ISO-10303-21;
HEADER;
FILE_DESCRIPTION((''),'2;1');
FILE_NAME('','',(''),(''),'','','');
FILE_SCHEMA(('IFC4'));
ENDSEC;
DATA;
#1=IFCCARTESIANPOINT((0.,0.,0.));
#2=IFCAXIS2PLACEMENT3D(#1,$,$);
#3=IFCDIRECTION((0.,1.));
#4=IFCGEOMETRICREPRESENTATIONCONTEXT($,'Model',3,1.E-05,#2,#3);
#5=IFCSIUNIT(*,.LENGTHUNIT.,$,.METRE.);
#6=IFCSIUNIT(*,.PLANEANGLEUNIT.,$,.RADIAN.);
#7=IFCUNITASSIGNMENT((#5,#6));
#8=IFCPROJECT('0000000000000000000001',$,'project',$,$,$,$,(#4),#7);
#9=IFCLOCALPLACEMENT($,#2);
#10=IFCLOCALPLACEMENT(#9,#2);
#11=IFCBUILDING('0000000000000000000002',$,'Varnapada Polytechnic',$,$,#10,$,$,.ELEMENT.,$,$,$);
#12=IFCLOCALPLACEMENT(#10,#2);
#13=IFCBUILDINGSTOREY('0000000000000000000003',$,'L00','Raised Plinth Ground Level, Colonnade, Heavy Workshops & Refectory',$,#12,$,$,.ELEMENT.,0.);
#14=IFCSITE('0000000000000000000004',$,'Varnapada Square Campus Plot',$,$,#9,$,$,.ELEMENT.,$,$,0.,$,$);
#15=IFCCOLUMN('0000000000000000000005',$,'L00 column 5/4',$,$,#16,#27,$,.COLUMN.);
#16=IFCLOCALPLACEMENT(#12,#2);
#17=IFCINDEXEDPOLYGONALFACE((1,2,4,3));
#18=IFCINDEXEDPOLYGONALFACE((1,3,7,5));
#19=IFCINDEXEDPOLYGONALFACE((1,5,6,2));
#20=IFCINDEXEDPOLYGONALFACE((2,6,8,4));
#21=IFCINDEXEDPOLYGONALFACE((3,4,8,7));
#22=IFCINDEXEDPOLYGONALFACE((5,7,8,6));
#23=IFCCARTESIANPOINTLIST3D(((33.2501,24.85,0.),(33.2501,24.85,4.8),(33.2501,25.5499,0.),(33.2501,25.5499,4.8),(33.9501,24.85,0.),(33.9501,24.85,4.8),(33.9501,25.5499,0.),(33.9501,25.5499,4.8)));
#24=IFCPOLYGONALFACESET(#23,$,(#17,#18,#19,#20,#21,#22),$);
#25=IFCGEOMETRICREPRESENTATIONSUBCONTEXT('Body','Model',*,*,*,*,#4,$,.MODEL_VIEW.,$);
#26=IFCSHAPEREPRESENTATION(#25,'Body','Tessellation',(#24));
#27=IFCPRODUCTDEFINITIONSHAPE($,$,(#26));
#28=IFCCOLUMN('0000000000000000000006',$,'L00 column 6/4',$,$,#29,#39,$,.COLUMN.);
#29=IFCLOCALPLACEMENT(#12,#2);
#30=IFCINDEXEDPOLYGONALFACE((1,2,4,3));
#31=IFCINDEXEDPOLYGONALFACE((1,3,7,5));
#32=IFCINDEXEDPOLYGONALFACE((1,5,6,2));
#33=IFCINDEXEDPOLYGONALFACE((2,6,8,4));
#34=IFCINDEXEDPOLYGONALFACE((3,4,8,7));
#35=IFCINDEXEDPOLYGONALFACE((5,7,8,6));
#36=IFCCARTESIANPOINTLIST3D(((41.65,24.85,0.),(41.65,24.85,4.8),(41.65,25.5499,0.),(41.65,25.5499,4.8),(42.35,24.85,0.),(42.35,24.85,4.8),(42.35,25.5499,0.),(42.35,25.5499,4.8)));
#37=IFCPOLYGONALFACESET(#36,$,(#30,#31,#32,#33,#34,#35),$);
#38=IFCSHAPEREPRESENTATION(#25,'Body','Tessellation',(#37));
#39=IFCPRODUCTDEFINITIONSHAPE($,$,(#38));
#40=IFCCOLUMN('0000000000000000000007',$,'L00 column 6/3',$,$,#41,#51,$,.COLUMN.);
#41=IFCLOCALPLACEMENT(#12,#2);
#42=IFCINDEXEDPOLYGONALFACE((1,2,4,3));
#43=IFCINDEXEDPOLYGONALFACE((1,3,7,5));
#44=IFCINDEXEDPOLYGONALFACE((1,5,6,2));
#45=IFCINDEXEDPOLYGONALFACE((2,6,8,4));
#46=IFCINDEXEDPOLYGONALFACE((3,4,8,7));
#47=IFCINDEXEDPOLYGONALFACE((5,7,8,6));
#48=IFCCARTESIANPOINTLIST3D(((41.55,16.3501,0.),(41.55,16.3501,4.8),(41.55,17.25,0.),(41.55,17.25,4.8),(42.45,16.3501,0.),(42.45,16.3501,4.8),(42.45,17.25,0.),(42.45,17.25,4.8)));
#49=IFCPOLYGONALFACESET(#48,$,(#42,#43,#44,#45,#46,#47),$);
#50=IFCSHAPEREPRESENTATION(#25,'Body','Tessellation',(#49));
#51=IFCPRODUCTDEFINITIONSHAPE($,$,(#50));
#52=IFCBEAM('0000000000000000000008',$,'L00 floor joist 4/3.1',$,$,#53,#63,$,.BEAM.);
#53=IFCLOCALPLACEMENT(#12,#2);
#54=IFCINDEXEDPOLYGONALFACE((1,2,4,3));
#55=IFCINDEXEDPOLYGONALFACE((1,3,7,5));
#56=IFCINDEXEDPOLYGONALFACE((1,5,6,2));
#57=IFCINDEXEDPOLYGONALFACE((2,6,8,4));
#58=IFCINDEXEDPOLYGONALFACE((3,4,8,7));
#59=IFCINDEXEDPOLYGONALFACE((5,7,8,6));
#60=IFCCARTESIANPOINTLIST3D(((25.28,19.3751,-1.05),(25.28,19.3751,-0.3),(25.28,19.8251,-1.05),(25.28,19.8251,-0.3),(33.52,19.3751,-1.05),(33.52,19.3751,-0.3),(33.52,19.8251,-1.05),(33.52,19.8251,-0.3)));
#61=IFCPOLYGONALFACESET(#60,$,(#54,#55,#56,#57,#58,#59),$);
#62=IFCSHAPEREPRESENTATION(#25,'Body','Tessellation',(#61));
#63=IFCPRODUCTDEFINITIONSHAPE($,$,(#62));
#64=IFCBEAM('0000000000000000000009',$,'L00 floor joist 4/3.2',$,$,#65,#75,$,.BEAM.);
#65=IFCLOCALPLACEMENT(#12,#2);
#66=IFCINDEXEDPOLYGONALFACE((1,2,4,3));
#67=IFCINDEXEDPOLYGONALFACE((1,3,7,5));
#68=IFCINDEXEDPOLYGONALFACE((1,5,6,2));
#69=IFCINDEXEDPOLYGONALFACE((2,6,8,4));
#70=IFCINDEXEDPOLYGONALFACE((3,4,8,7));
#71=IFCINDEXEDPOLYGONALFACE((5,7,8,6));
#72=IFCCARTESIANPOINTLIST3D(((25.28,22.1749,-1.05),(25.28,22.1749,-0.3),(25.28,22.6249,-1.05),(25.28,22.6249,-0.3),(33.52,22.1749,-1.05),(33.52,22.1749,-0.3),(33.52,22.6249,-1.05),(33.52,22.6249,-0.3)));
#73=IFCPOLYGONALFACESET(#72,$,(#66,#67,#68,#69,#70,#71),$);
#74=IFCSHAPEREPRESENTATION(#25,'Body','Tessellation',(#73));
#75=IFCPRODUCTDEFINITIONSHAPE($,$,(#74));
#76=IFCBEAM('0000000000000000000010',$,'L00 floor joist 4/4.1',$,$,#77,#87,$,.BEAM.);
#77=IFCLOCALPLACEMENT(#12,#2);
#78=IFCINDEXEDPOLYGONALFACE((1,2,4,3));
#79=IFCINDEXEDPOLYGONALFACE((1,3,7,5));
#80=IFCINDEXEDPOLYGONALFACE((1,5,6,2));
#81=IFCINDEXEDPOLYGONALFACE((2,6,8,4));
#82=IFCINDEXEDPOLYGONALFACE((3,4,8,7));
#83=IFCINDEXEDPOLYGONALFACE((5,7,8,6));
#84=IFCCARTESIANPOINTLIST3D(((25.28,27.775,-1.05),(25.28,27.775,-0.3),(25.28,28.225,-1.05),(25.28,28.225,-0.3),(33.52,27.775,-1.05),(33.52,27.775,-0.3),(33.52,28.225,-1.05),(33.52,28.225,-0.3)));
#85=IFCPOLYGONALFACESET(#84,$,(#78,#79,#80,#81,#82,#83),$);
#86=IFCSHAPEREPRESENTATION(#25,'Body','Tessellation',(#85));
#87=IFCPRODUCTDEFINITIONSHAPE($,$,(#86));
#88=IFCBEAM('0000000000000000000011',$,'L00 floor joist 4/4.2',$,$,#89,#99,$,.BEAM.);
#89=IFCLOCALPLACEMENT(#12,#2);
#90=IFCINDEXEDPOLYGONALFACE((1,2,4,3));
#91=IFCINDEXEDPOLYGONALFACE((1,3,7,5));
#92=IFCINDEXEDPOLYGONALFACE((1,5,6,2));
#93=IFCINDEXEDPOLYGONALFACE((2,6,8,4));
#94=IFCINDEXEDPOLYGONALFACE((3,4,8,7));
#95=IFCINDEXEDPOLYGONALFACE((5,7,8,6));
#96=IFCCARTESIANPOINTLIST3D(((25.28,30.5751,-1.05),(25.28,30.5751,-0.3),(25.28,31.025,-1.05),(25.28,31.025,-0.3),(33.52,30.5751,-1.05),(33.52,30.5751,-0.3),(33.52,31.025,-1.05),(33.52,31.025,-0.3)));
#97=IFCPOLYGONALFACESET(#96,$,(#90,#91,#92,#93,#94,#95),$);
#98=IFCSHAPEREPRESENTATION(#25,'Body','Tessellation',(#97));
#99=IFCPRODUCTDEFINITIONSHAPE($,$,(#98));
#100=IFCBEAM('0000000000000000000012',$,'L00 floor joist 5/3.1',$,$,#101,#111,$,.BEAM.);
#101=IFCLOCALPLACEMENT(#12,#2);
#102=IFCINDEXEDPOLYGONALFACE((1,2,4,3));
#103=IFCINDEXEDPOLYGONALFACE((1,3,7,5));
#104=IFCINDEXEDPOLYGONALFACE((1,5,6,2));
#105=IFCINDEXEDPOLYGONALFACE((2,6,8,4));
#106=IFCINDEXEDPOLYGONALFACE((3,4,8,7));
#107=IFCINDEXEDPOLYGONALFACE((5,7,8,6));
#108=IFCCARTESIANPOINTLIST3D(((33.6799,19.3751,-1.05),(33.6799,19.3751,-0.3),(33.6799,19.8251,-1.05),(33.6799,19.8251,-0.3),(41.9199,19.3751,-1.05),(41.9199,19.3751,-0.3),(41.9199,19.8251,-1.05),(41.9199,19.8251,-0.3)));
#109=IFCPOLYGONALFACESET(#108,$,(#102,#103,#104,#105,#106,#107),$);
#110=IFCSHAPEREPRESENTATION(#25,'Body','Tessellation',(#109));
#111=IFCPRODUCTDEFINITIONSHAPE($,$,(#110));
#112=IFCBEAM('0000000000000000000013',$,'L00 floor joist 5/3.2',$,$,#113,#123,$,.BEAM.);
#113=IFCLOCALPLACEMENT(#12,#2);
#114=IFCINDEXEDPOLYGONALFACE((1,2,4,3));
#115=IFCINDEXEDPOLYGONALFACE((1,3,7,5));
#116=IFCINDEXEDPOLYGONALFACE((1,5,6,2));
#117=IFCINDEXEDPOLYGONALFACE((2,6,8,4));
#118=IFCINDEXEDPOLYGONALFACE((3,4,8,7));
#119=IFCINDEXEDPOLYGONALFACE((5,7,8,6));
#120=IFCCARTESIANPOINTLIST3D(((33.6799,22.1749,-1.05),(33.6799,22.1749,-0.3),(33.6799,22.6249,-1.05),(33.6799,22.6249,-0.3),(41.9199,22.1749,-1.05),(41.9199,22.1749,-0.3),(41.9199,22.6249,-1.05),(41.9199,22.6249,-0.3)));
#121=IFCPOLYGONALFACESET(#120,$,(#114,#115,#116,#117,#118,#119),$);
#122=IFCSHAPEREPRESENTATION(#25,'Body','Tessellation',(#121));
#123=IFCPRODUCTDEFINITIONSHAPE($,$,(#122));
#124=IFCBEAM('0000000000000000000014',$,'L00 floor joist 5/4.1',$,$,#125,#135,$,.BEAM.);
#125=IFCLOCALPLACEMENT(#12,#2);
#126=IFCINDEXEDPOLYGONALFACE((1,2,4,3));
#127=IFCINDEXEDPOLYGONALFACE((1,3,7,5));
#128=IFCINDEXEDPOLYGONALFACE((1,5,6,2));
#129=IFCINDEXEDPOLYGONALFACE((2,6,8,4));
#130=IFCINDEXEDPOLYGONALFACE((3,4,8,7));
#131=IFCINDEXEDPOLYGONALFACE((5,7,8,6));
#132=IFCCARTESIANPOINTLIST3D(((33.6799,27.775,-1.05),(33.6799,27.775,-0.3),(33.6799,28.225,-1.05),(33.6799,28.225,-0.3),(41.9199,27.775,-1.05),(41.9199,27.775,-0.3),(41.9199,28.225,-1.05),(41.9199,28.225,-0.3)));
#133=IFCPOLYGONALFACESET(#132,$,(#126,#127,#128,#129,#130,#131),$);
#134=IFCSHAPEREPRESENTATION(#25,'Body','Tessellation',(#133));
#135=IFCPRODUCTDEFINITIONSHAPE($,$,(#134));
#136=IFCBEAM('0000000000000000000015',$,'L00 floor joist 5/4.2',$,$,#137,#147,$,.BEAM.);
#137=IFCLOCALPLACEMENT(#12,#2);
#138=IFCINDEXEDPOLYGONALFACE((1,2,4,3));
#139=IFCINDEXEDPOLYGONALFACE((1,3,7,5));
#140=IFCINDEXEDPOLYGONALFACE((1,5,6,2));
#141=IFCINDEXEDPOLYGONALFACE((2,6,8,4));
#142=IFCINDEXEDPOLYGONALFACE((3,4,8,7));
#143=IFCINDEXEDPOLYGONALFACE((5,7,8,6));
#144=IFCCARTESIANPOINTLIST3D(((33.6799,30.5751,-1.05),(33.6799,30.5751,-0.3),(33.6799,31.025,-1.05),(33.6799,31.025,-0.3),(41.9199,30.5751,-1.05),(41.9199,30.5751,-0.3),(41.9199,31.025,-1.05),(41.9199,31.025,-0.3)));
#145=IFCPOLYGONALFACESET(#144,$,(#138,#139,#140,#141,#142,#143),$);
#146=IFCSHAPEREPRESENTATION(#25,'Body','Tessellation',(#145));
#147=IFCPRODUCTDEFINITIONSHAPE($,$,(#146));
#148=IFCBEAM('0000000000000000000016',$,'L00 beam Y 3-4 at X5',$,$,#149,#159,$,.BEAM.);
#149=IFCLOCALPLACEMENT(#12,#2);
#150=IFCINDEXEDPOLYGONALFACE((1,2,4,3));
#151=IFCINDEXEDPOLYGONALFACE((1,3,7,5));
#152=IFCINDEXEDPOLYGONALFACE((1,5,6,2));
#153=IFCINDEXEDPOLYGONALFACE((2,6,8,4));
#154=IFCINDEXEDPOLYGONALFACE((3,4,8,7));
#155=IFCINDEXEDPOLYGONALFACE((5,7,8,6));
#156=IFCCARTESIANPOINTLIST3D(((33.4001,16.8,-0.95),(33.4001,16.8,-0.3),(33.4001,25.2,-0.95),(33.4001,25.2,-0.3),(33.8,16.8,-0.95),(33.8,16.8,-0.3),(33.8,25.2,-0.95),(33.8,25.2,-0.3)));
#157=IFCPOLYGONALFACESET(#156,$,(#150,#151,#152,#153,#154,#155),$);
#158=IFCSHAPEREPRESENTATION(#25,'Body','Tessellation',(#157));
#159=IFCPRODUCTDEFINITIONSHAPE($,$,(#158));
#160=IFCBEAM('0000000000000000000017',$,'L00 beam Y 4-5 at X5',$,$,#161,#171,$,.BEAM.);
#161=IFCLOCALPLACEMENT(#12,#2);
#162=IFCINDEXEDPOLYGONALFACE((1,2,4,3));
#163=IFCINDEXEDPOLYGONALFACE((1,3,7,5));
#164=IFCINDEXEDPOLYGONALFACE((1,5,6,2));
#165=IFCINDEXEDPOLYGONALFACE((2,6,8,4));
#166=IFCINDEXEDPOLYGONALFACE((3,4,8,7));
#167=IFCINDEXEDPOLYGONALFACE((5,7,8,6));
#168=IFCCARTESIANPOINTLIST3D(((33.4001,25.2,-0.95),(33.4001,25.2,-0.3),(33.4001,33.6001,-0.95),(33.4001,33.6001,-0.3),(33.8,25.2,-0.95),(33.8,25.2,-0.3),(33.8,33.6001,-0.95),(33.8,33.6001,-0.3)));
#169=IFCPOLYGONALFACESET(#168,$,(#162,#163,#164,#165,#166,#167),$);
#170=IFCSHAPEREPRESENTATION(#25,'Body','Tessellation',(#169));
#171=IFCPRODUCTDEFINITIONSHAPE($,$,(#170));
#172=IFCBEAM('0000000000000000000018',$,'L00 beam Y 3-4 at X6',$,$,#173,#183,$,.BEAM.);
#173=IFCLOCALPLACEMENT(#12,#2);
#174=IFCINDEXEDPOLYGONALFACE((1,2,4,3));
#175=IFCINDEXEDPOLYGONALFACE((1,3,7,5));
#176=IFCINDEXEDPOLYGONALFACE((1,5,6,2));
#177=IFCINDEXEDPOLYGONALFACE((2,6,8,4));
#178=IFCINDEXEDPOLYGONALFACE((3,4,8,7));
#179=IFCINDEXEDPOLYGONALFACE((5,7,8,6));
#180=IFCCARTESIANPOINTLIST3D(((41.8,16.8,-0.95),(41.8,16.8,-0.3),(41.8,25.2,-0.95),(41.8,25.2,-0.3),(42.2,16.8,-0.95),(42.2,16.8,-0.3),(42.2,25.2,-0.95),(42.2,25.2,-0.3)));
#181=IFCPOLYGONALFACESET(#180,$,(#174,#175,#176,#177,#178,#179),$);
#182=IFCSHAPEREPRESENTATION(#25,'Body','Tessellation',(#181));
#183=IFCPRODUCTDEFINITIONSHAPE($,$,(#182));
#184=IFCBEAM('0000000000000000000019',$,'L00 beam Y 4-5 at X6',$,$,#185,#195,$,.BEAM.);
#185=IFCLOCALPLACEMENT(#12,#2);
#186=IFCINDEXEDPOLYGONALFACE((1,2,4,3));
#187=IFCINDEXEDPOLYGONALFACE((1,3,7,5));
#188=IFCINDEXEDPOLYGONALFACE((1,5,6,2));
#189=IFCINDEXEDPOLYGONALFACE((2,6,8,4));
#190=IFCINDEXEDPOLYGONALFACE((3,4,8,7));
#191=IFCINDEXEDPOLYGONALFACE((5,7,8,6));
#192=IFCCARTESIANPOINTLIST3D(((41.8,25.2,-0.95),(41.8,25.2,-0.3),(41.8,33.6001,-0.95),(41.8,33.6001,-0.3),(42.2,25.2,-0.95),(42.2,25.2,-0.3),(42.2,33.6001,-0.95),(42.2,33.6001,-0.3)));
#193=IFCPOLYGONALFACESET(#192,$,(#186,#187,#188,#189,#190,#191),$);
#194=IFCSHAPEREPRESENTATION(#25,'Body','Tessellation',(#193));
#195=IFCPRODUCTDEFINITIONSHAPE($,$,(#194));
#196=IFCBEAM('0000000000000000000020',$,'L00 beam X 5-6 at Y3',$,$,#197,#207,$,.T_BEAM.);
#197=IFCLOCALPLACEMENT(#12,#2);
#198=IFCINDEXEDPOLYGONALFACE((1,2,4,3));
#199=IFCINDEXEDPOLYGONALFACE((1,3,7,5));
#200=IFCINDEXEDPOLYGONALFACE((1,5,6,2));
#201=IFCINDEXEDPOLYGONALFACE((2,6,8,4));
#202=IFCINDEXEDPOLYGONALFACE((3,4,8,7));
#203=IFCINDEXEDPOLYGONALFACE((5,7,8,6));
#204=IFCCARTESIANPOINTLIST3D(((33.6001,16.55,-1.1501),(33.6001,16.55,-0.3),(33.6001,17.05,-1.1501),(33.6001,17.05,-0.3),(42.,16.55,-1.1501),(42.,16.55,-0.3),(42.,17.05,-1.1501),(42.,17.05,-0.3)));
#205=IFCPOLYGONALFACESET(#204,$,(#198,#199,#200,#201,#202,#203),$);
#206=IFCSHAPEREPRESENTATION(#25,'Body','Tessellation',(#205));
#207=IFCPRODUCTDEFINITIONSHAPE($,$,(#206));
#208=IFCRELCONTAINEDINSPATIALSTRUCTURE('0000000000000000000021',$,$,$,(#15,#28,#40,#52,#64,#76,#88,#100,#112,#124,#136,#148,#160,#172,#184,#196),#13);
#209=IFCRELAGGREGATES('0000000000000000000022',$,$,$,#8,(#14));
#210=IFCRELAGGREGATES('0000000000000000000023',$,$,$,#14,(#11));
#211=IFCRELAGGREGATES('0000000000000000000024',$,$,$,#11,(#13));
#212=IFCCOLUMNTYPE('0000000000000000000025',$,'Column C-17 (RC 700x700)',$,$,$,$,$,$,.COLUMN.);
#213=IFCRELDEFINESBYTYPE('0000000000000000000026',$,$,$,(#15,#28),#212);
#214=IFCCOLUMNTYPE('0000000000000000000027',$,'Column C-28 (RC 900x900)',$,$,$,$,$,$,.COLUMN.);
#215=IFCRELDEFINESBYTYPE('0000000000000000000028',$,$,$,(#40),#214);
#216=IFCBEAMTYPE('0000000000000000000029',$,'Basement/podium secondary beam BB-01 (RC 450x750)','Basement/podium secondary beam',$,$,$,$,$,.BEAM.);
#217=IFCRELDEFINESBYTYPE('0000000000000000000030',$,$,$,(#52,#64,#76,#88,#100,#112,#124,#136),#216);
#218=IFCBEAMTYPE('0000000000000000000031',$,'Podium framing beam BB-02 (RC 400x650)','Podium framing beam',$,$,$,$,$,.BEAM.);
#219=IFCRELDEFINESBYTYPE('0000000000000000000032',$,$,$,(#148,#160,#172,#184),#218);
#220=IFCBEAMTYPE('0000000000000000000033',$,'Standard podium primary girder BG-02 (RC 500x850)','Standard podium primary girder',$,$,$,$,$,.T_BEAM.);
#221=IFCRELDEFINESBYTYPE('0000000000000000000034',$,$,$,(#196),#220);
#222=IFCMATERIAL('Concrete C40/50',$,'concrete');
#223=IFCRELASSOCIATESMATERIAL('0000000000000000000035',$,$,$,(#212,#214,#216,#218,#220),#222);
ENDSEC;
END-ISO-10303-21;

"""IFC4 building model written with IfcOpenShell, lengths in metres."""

from ifc_helpers import new_model, si_unit, direction, frame, origin, origin_2d, place, context, subcontext, project, spatial, rectangle, extrude, material, material_profile, profile_set, type_object, element, save


model = new_model("IFC4")

# Units and contexts
model_context = context("Model", 3, precision=1e-05, world=origin(), true_north=direction((0.0, 1.0)))
body_context = subcontext(model_context, "Body", "Model", "MODEL_VIEW")
ifc_project = project(units=[si_unit("LENGTHUNIT", "METRE"), si_unit("PLANEANGLEUNIT", "RADIAN")], contexts=[model_context])

# Site, building, storey
site_placement = place(None, origin())
site = spatial("IfcSite", under=ifc_project, at=site_placement, Name="Varnapada Square Campus Plot", CompositionType="ELEMENT", RefElevation=0.0)
building_placement = place(site_placement, origin())
building = spatial("IfcBuilding", under=site, at=building_placement, Name="Varnapada Polytechnic", CompositionType="ELEMENT")
storey_placement = place(building_placement, origin())
storey = spatial("IfcBuildingStorey", under=building, at=storey_placement, Name="L00", Description="Raised Plinth Ground Level, Colonnade, Heavy Workshops & Refectory", CompositionType="ELEMENT", Elevation=0.0)

# Columns
ifc_material_1 = material(Name="Concrete C40/50", Category="concrete")
ifc_material_profile_1 = material_profile(ifc_material_1, rectangle(XDim=0.7, YDim=0.7, at=origin_2d()), Name="RC 700x700")
ifc_profile_set_1 = profile_set([ifc_material_profile_1], Name="Concrete C40/50")
column_type_1 = type_object("IfcColumnType", Name="Column C-17 (RC 700x700)", PredefinedType="COLUMN", material=ifc_profile_set_1)
for number, where, z_axis, x_axis, name in (
    (1, (33.6001, 25.2, 0.0), (0.0, 0.0, 1.0), (1.0, 0.0, 0.0), "L00 column 5/4"),
    (2, (42.0, 25.2, 0.0), (0.0, 0.0, 1.0), (1.0, 0.0, 0.0), "L00 column 6/4"),
):
    element("IfcColumn", number, at=place(storey_placement, frame(where, z_axis=z_axis, x_axis=x_axis)), inside=storey, type_object=column_type_1, Name=name, PredefinedType="COLUMN", context=body_context, shape_type="SweptSolid", body=[
        extrude(rectangle(XDim=0.7, YDim=0.7, at=origin_2d()), origin(), (0.0, 0.0, 1.0), 4.8),
    ])
ifc_material_profile_2 = material_profile(ifc_material_1, rectangle(XDim=0.8999, YDim=0.8999, at=origin_2d()), Name="RC 900x900")
ifc_profile_set_2 = profile_set([ifc_material_profile_2], Name="Concrete C40/50")
column_type_2 = type_object("IfcColumnType", Name="Column C-28 (RC 900x900)", PredefinedType="COLUMN", material=ifc_profile_set_2)
column_placement = place(storey_placement, frame((42.0, 16.8, 0.0), z_axis=(0.0, 0.0, 1.0), x_axis=(1.0, 0.0, 0.0)))
element("IfcColumn", 3, at=column_placement, inside=storey, type_object=column_type_2, Name="L00 column 6/3", PredefinedType="COLUMN", context=body_context, shape_type="SweptSolid", body=[
    extrude(rectangle(XDim=0.8999, YDim=0.8999, at=origin_2d()), origin(), (0.0, 0.0, 1.0), 4.8),
])

# Beams
ifc_material_profile_3 = material_profile(ifc_material_1, rectangle(XDim=0.45, YDim=0.75, at=origin_2d()), Name="RC 450x750")
ifc_profile_set_3 = profile_set([ifc_material_profile_3], Name="Concrete C40/50")
beam_type_1 = type_object("IfcBeamType", Name="Basement/podium secondary beam BB-01 (RC 450x750)", Description="Basement/podium secondary beam", PredefinedType="BEAM", material=ifc_profile_set_3)
for number, where, z_axis, x_axis, name in (
    (4, (25.28, 19.6001, -0.675), (1.0, 0.0, 0.0), (0.0, 1.0, 0.0), "L00 floor joist 4/3.1"),
    (5, (25.28, 22.3999, -0.675), (1.0, 0.0, 0.0), (0.0, 1.0, 0.0), "L00 floor joist 4/3.2"),
    (6, (25.28, 28.0, -0.675), (1.0, 0.0, 0.0), (0.0, 1.0, 0.0), "L00 floor joist 4/4.1"),
    (7, (25.28, 30.8, -0.675), (1.0, 0.0, 0.0), (0.0, 1.0, 0.0), "L00 floor joist 4/4.2"),
    (8, (33.6799, 19.6001, -0.675), (1.0, 0.0, 0.0), (0.0, 1.0, 0.0), "L00 floor joist 5/3.1"),
    (9, (33.6799, 22.3999, -0.675), (1.0, 0.0, 0.0), (0.0, 1.0, 0.0), "L00 floor joist 5/3.2"),
    (10, (33.6799, 28.0, -0.675), (1.0, 0.0, 0.0), (0.0, 1.0, 0.0), "L00 floor joist 5/4.1"),
    (11, (33.6799, 30.8, -0.675), (1.0, 0.0, 0.0), (0.0, 1.0, 0.0), "L00 floor joist 5/4.2"),
):
    element("IfcBeam", number, at=place(storey_placement, frame(where, z_axis=z_axis, x_axis=x_axis)), inside=storey, type_object=beam_type_1, Name=name, PredefinedType="BEAM", context=body_context, shape_type="SweptSolid", body=[
        extrude(rectangle(XDim=0.45, YDim=0.75, at=origin_2d()), origin(), (0.0, 0.0, 1.0), 8.24),
    ])
ifc_material_profile_4 = material_profile(ifc_material_1, rectangle(XDim=0.3999, YDim=0.6499, at=origin_2d()), Name="RC 400x650")
ifc_profile_set_4 = profile_set([ifc_material_profile_4], Name="Concrete C40/50")
beam_type_2 = type_object("IfcBeamType", Name="Podium framing beam BB-02 (RC 400x650)", Description="Podium framing beam", PredefinedType="BEAM", material=ifc_profile_set_4)
beam_1_placement = place(storey_placement, frame((33.6001, 16.8, -0.625), z_axis=(0.0, 1.0, 0.0), x_axis=(-1.0, 0.0, 0.0)))
element("IfcBeam", 12, at=beam_1_placement, inside=storey, type_object=beam_type_2, Name="L00 beam Y 3-4 at X5", PredefinedType="BEAM", context=body_context, shape_type="SweptSolid", body=[
    extrude(rectangle(XDim=0.3999, YDim=0.6499, at=origin_2d()), origin(), (0.0, 0.0, 1.0), 8.3999),
])
beam_2_placement = place(storey_placement, frame((33.6001, 25.2, -0.625), z_axis=(0.0, 1.0, 0.0), x_axis=(-1.0, 0.0, 0.0)))
element("IfcBeam", 13, at=beam_2_placement, inside=storey, type_object=beam_type_2, Name="L00 beam Y 4-5 at X5", PredefinedType="BEAM", context=body_context, shape_type="SweptSolid", body=[
    extrude(rectangle(XDim=0.3999, YDim=0.6499, at=origin_2d()), origin(), (0.0, 0.0, 1.0), 8.4001),
])
beam_3_placement = place(storey_placement, frame((42.0, 16.8, -0.625), z_axis=(0.0, 1.0, 0.0), x_axis=(-1.0, 0.0, 0.0)))
element("IfcBeam", 14, at=beam_3_placement, inside=storey, type_object=beam_type_2, Name="L00 beam Y 3-4 at X6", PredefinedType="BEAM", context=body_context, shape_type="SweptSolid", body=[
    extrude(rectangle(XDim=0.3999, YDim=0.6499, at=origin_2d()), origin(), (0.0, 0.0, 1.0), 8.3999),
])
beam_4_placement = place(storey_placement, frame((42.0, 25.2, -0.625), z_axis=(0.0, 1.0, 0.0), x_axis=(-1.0, 0.0, 0.0)))
element("IfcBeam", 15, at=beam_4_placement, inside=storey, type_object=beam_type_2, Name="L00 beam Y 4-5 at X6", PredefinedType="BEAM", context=body_context, shape_type="SweptSolid", body=[
    extrude(rectangle(XDim=0.3999, YDim=0.6499, at=origin_2d()), origin(), (0.0, 0.0, 1.0), 8.4001),
])
ifc_material_profile_5 = material_profile(ifc_material_1, rectangle(XDim=0.5, YDim=0.8501, at=origin_2d()), Name="RC 500x850")
ifc_profile_set_5 = profile_set([ifc_material_profile_5], Name="Concrete C40/50")
beam_type_3 = type_object("IfcBeamType", Name="Standard podium primary girder BG-02 (RC 500x850)", Description="Standard podium primary girder", PredefinedType="T_BEAM", material=ifc_profile_set_5)
for number, where, z_axis, x_axis, name in (
    (16, (33.6001, 16.8, -0.7251), (1.0, 0.0, 0.0), (0.0, 1.0, 0.0), "L00 beam X 5-6 at Y3"),
):
    element("IfcBeam", number, at=place(storey_placement, frame(where, z_axis=z_axis, x_axis=x_axis)), inside=storey, type_object=beam_type_3, Name=name, PredefinedType="T_BEAM", context=body_context, shape_type="SweptSolid", body=[
        extrude(rectangle(XDim=0.5, YDim=0.8501, at=origin_2d()), origin(), (0.0, 0.0, 1.0), 8.3999),
    ])

save(model, "model.ifc")
